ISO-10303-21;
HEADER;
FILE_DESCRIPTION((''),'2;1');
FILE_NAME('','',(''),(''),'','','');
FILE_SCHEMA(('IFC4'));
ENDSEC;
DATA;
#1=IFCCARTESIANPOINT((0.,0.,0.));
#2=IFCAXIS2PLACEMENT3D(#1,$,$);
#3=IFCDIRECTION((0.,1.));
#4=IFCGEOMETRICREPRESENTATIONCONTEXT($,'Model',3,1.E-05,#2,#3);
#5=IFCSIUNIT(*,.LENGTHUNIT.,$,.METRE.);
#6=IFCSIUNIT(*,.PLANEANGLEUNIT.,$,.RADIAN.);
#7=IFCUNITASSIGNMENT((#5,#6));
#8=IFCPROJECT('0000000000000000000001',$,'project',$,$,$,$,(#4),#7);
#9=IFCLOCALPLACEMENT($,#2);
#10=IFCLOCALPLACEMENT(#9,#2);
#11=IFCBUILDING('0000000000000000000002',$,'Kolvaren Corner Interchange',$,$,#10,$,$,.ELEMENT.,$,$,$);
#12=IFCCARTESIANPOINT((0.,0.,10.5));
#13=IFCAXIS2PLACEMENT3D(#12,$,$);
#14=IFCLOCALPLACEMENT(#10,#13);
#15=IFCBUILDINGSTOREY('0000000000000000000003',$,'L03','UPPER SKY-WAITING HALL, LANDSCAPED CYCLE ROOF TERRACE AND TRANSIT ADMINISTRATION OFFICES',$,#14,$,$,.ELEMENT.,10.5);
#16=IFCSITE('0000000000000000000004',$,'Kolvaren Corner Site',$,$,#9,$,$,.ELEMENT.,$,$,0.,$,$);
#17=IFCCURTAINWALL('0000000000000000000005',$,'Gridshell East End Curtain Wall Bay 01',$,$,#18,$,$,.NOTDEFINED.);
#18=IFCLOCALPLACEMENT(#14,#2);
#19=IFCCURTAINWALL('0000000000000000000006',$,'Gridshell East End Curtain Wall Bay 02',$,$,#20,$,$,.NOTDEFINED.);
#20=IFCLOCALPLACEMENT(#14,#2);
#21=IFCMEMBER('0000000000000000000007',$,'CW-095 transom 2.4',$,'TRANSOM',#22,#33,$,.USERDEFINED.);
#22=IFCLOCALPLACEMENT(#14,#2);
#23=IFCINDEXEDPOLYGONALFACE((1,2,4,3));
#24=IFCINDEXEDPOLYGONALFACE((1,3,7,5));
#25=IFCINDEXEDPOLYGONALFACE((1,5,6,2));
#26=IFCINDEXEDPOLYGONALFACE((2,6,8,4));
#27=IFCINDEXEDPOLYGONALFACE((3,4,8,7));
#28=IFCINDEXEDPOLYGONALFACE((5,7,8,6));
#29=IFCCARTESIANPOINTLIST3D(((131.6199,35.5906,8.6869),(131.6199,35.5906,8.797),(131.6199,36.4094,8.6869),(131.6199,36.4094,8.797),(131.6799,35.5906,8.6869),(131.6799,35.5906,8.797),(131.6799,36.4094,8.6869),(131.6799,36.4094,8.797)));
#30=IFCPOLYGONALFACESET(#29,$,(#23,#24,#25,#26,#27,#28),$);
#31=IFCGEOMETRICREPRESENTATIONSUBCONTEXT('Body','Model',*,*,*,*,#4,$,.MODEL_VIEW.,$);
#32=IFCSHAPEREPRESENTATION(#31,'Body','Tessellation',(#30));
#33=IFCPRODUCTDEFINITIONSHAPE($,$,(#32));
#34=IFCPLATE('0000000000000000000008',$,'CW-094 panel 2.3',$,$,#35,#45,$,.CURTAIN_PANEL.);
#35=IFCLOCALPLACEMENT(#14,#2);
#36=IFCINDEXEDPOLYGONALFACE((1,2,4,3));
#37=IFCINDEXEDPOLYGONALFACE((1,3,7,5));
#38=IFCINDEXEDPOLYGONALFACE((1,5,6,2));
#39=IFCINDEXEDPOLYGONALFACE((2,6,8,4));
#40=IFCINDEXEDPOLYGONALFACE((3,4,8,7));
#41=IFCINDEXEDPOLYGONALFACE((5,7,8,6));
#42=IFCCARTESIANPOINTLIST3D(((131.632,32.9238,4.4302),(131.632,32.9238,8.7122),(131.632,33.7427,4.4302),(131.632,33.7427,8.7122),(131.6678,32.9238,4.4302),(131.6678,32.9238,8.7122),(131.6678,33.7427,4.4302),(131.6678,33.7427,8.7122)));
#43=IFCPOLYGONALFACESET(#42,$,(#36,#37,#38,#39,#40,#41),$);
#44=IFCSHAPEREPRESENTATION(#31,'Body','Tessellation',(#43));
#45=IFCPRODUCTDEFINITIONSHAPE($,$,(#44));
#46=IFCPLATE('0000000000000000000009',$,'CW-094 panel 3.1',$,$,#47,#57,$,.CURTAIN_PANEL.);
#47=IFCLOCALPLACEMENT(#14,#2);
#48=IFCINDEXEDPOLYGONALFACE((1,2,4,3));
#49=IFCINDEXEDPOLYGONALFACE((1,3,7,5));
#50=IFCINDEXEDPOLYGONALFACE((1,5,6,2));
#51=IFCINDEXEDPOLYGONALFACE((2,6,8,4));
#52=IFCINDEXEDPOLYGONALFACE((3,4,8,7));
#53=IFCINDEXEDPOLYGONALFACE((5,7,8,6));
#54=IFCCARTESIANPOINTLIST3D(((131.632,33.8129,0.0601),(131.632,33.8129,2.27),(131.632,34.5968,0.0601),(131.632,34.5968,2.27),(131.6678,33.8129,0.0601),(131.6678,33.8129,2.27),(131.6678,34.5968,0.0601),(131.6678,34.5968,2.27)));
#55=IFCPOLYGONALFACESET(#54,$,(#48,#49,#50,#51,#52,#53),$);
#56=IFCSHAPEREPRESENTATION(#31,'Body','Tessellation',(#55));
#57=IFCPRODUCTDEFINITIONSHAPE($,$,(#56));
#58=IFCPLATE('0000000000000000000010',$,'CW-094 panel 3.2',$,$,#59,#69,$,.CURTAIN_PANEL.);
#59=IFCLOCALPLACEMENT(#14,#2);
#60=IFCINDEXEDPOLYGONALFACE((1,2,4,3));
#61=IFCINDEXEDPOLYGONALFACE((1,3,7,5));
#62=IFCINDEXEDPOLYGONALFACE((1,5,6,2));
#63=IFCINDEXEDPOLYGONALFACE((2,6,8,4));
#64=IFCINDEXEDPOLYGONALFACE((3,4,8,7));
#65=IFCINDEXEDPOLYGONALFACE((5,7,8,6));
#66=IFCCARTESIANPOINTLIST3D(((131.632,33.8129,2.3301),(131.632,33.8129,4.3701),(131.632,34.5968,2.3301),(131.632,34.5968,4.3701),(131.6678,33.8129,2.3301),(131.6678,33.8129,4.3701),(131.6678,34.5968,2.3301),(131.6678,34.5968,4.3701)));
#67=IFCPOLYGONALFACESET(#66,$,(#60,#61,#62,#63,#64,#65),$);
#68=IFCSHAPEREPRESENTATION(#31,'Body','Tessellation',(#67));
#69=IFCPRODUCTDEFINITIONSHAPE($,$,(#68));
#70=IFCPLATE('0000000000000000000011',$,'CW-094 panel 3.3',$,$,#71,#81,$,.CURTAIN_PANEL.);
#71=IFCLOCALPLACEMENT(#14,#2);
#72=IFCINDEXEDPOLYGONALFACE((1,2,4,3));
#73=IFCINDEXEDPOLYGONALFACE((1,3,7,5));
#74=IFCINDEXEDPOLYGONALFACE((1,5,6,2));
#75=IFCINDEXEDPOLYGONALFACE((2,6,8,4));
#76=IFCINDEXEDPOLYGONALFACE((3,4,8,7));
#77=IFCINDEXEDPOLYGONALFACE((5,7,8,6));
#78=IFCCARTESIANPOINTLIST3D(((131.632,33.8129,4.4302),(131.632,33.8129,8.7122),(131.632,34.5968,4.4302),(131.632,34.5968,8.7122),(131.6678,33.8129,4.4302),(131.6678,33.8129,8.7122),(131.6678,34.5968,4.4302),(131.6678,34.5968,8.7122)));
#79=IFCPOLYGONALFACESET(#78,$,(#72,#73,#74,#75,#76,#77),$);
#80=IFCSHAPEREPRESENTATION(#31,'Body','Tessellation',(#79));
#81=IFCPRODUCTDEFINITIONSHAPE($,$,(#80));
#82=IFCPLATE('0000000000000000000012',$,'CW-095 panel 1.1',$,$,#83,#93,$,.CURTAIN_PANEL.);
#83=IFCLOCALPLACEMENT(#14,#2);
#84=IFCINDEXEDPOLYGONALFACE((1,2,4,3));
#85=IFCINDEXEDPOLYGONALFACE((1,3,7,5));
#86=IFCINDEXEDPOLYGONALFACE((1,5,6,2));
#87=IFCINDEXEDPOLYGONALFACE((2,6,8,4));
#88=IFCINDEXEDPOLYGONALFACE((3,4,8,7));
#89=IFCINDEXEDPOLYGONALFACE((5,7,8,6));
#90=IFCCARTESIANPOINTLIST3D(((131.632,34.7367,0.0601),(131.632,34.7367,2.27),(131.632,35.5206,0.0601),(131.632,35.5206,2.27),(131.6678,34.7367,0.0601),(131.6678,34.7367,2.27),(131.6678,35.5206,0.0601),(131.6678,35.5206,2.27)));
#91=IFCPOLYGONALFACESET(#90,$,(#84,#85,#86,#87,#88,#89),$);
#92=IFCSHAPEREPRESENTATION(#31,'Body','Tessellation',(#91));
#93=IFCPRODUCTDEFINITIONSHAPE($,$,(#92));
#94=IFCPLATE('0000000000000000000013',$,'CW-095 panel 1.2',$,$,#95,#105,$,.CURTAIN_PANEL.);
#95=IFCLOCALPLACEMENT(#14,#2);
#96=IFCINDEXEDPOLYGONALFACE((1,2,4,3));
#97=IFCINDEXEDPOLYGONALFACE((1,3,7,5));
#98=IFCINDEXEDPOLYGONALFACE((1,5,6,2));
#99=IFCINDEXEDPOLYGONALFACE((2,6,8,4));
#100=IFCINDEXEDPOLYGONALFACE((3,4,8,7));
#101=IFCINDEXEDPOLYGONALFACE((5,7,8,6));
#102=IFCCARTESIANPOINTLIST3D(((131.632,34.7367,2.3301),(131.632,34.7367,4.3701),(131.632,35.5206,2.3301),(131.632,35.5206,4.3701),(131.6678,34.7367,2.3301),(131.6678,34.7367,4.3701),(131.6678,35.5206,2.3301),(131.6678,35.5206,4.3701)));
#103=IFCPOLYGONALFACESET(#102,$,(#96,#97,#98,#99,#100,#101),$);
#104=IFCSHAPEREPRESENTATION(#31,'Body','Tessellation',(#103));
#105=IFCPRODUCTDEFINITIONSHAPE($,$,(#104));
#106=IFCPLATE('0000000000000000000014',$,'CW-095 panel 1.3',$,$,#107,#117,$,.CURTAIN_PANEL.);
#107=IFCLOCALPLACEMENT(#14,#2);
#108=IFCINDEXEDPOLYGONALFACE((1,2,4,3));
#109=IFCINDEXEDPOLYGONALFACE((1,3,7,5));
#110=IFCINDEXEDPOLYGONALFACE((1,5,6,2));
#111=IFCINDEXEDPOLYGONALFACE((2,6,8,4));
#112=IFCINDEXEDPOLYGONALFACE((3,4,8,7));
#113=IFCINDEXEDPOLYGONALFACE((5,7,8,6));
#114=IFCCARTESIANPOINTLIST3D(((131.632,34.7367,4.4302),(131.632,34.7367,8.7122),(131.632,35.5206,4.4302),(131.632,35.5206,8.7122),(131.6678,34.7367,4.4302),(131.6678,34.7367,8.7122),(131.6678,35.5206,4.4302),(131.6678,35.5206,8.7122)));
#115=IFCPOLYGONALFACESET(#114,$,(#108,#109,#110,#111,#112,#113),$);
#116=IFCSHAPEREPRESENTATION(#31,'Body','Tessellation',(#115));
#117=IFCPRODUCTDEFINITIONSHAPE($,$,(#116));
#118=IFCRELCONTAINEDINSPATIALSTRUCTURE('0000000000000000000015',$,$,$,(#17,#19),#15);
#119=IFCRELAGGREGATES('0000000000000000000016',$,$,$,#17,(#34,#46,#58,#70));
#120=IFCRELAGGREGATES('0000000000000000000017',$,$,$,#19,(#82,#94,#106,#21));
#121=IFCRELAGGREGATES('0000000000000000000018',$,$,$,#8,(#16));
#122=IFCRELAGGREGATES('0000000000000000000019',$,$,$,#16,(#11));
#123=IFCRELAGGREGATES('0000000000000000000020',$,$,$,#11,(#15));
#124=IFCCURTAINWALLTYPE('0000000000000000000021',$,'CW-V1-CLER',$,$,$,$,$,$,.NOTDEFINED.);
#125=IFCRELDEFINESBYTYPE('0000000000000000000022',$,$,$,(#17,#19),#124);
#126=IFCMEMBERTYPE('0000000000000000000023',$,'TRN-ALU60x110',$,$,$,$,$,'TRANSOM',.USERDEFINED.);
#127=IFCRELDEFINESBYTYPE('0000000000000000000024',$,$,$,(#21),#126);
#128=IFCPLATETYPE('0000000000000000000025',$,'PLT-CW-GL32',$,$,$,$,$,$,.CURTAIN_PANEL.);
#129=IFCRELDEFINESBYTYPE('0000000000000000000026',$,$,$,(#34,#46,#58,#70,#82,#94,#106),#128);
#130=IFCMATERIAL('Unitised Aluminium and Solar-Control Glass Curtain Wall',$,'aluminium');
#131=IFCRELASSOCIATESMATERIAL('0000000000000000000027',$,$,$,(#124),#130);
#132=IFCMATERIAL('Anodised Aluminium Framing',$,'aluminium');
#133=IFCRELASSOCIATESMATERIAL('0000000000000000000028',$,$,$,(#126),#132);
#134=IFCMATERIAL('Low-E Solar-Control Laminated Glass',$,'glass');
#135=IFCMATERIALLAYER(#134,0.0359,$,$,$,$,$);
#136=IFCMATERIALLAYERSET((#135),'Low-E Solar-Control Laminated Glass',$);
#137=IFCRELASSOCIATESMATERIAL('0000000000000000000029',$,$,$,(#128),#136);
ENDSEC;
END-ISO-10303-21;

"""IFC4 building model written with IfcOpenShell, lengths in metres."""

from ifc_helpers import new_model, si_unit, direction, frame, origin, origin_2d, place, context, subcontext, project, spatial, rectangle, extrude, material, layer, layer_set, material_profile, profile_set, type_object, element, aggregate, save


model = new_model("IFC4")

# Units and contexts
model_context = context("Model", 3, precision=1e-05, world=origin(), true_north=direction((0.0, 1.0)))
body_context = subcontext(model_context, "Body", "Model", "MODEL_VIEW")
ifc_project = project(units=[si_unit("LENGTHUNIT", "METRE"), si_unit("PLANEANGLEUNIT", "RADIAN")], contexts=[model_context])

# Site, building, storey
site_placement = place(None, origin())
site = spatial("IfcSite", under=ifc_project, at=site_placement, Name="Kolvaren Corner Site", CompositionType="ELEMENT", RefElevation=0.0)
building_placement = place(site_placement, origin())
building = spatial("IfcBuilding", under=site, at=building_placement, Name="Kolvaren Corner Interchange", CompositionType="ELEMENT")
storey_placement = place(building_placement, frame((0.0, 0.0, 10.5)))
storey = spatial("IfcBuildingStorey", under=building, at=storey_placement, Name="L03", Description="UPPER SKY-WAITING HALL, LANDSCAPED CYCLE ROOF TERRACE AND TRANSIT ADMINISTRATION OFFICES", CompositionType="ELEMENT", Elevation=10.5)

# Curtain walls
ifc_material_1 = material(Name="Unitised Aluminium and Solar-Control Glass Curtain Wall", Category="aluminium")
curtain_wall_type = type_object("IfcCurtainWallType", Name="CW-V1-CLER", PredefinedType="NOTDEFINED", material=ifc_material_1)
curtain_wall_1_placement = place(storey_placement, origin())
curtain_wall_1 = element("IfcCurtainWall", 1, at=curtain_wall_1_placement, inside=storey, type_object=curtain_wall_type, Name="Gridshell East End Curtain Wall Bay 01", PredefinedType="NOTDEFINED")
curtain_wall_2_placement = place(storey_placement, origin())
curtain_wall_2 = element("IfcCurtainWall", 2, at=curtain_wall_2_placement, inside=storey, type_object=curtain_wall_type, Name="Gridshell East End Curtain Wall Bay 02", PredefinedType="NOTDEFINED")

# Member
ifc_material_2 = material(Name="Anodised Aluminium Framing", Category="aluminium")
ifc_material_profile_1 = material_profile(ifc_material_2, rectangle(XDim=0.0601, YDim=0.1101, at=origin_2d()), Name="ALU 60x110")
ifc_profile_set_1 = profile_set([ifc_material_profile_1], Name="Anodised Aluminium Framing")
member_type_1 = type_object("IfcMemberType", Name="TRN-ALU60x110", ElementType="TRANSOM", PredefinedType="USERDEFINED", material=ifc_profile_set_1)
member_1_placement = place(storey_placement, frame((131.6499, 35.5906, 8.7419), z_axis=(0.0, 1.0, 0.0), x_axis=(-1.0, 0.0, 0.0)))
member_1 = element("IfcMember", 3, at=member_1_placement, type_object=member_type_1, Name="CW-095 transom 2.4", ObjectType="TRANSOM", PredefinedType="USERDEFINED", context=body_context, shape_type="SweptSolid", body=[
    extrude(rectangle(XDim=0.0601, YDim=0.1101, at=origin_2d()), origin(), (0.0, 0.0, 1.0), 0.8188),
])

# Plates
ifc_material_3 = material(Name="Low-E Solar-Control Laminated Glass", Category="glass")
ifc_layer = layer(ifc_material_3, 0.0359)
ifc_layer_set = layer_set([ifc_layer], Name="Low-E Solar-Control Laminated Glass")
plate_type = type_object("IfcPlateType", Name="PLT-CW-GL32", PredefinedType="CURTAIN_PANEL", material=ifc_layer_set)
plate_1_placement = place(storey_placement, frame((131.6499, 33.3333, 4.4302), z_axis=(0.0, 0.0, 1.0), x_axis=(0.0, 1.0, 0.0)))
plate_1 = element("IfcPlate", 4, at=plate_1_placement, type_object=plate_type, Name="CW-094 panel 2.3", PredefinedType="CURTAIN_PANEL", context=body_context, shape_type="SweptSolid", body=[
    extrude(rectangle(XDim=0.8188, YDim=0.0359, at=origin_2d()), origin(), (0.0, 0.0, 1.0), 4.282),
])
plate_2_placement = place(storey_placement, frame((131.6499, 34.2048, 0.0601), z_axis=(0.0, 0.0, 1.0), x_axis=(0.0, 1.0, 0.0)))
plate_2 = element("IfcPlate", 5, at=plate_2_placement, type_object=plate_type, Name="CW-094 panel 3.1", PredefinedType="CURTAIN_PANEL", context=body_context, shape_type="SweptSolid", body=[
    extrude(rectangle(XDim=0.7839, YDim=0.0359, at=origin_2d()), origin(), (0.0, 0.0, 1.0), 2.21),
])
plate_3_placement = place(storey_placement, frame((131.6499, 34.2048, 2.3301), z_axis=(0.0, 0.0, 1.0), x_axis=(0.0, 1.0, 0.0)))
plate_3 = element("IfcPlate", 6, at=plate_3_placement, type_object=plate_type, Name="CW-094 panel 3.2", PredefinedType="CURTAIN_PANEL", context=body_context, shape_type="SweptSolid", body=[
    extrude(rectangle(XDim=0.7839, YDim=0.0359, at=origin_2d()), origin(), (0.0, 0.0, 1.0), 2.04),
])
plate_4_placement = place(storey_placement, frame((131.6499, 34.2048, 4.4302), z_axis=(0.0, 0.0, 1.0), x_axis=(0.0, 1.0, 0.0)))
plate_4 = element("IfcPlate", 7, at=plate_4_placement, type_object=plate_type, Name="CW-094 panel 3.3", PredefinedType="CURTAIN_PANEL", context=body_context, shape_type="SweptSolid", body=[
    extrude(rectangle(XDim=0.7839, YDim=0.0359, at=origin_2d()), origin(), (0.0, 0.0, 1.0), 4.282),
])
aggregate(curtain_wall_1, [plate_1, plate_2, plate_3, plate_4])
plate_5_placement = place(storey_placement, frame((131.6499, 35.1287, 0.0601), z_axis=(0.0, 0.0, 1.0), x_axis=(0.0, 1.0, 0.0)))
plate_5 = element("IfcPlate", 8, at=plate_5_placement, type_object=plate_type, Name="CW-095 panel 1.1", PredefinedType="CURTAIN_PANEL", context=body_context, shape_type="SweptSolid", body=[
    extrude(rectangle(XDim=0.7839, YDim=0.0359, at=origin_2d()), origin(), (0.0, 0.0, 1.0), 2.21),
])
plate_6_placement = place(storey_placement, frame((131.6499, 35.1287, 2.3301), z_axis=(0.0, 0.0, 1.0), x_axis=(0.0, 1.0, 0.0)))
plate_6 = element("IfcPlate", 9, at=plate_6_placement, type_object=plate_type, Name="CW-095 panel 1.2", PredefinedType="CURTAIN_PANEL", context=body_context, shape_type="SweptSolid", body=[
    extrude(rectangle(XDim=0.7839, YDim=0.0359, at=origin_2d()), origin(), (0.0, 0.0, 1.0), 2.04),
])
plate_7_placement = place(storey_placement, frame((131.6499, 35.1287, 4.4302), z_axis=(0.0, 0.0, 1.0), x_axis=(0.0, 1.0, 0.0)))
plate_7 = element("IfcPlate", 10, at=plate_7_placement, type_object=plate_type, Name="CW-095 panel 1.3", PredefinedType="CURTAIN_PANEL", context=body_context, shape_type="SweptSolid", body=[
    extrude(rectangle(XDim=0.7839, YDim=0.0359, at=origin_2d()), origin(), (0.0, 0.0, 1.0), 4.282),
])
aggregate(curtain_wall_2, [plate_5, plate_6, plate_7, member_1])

save(model, "model.ifc")
